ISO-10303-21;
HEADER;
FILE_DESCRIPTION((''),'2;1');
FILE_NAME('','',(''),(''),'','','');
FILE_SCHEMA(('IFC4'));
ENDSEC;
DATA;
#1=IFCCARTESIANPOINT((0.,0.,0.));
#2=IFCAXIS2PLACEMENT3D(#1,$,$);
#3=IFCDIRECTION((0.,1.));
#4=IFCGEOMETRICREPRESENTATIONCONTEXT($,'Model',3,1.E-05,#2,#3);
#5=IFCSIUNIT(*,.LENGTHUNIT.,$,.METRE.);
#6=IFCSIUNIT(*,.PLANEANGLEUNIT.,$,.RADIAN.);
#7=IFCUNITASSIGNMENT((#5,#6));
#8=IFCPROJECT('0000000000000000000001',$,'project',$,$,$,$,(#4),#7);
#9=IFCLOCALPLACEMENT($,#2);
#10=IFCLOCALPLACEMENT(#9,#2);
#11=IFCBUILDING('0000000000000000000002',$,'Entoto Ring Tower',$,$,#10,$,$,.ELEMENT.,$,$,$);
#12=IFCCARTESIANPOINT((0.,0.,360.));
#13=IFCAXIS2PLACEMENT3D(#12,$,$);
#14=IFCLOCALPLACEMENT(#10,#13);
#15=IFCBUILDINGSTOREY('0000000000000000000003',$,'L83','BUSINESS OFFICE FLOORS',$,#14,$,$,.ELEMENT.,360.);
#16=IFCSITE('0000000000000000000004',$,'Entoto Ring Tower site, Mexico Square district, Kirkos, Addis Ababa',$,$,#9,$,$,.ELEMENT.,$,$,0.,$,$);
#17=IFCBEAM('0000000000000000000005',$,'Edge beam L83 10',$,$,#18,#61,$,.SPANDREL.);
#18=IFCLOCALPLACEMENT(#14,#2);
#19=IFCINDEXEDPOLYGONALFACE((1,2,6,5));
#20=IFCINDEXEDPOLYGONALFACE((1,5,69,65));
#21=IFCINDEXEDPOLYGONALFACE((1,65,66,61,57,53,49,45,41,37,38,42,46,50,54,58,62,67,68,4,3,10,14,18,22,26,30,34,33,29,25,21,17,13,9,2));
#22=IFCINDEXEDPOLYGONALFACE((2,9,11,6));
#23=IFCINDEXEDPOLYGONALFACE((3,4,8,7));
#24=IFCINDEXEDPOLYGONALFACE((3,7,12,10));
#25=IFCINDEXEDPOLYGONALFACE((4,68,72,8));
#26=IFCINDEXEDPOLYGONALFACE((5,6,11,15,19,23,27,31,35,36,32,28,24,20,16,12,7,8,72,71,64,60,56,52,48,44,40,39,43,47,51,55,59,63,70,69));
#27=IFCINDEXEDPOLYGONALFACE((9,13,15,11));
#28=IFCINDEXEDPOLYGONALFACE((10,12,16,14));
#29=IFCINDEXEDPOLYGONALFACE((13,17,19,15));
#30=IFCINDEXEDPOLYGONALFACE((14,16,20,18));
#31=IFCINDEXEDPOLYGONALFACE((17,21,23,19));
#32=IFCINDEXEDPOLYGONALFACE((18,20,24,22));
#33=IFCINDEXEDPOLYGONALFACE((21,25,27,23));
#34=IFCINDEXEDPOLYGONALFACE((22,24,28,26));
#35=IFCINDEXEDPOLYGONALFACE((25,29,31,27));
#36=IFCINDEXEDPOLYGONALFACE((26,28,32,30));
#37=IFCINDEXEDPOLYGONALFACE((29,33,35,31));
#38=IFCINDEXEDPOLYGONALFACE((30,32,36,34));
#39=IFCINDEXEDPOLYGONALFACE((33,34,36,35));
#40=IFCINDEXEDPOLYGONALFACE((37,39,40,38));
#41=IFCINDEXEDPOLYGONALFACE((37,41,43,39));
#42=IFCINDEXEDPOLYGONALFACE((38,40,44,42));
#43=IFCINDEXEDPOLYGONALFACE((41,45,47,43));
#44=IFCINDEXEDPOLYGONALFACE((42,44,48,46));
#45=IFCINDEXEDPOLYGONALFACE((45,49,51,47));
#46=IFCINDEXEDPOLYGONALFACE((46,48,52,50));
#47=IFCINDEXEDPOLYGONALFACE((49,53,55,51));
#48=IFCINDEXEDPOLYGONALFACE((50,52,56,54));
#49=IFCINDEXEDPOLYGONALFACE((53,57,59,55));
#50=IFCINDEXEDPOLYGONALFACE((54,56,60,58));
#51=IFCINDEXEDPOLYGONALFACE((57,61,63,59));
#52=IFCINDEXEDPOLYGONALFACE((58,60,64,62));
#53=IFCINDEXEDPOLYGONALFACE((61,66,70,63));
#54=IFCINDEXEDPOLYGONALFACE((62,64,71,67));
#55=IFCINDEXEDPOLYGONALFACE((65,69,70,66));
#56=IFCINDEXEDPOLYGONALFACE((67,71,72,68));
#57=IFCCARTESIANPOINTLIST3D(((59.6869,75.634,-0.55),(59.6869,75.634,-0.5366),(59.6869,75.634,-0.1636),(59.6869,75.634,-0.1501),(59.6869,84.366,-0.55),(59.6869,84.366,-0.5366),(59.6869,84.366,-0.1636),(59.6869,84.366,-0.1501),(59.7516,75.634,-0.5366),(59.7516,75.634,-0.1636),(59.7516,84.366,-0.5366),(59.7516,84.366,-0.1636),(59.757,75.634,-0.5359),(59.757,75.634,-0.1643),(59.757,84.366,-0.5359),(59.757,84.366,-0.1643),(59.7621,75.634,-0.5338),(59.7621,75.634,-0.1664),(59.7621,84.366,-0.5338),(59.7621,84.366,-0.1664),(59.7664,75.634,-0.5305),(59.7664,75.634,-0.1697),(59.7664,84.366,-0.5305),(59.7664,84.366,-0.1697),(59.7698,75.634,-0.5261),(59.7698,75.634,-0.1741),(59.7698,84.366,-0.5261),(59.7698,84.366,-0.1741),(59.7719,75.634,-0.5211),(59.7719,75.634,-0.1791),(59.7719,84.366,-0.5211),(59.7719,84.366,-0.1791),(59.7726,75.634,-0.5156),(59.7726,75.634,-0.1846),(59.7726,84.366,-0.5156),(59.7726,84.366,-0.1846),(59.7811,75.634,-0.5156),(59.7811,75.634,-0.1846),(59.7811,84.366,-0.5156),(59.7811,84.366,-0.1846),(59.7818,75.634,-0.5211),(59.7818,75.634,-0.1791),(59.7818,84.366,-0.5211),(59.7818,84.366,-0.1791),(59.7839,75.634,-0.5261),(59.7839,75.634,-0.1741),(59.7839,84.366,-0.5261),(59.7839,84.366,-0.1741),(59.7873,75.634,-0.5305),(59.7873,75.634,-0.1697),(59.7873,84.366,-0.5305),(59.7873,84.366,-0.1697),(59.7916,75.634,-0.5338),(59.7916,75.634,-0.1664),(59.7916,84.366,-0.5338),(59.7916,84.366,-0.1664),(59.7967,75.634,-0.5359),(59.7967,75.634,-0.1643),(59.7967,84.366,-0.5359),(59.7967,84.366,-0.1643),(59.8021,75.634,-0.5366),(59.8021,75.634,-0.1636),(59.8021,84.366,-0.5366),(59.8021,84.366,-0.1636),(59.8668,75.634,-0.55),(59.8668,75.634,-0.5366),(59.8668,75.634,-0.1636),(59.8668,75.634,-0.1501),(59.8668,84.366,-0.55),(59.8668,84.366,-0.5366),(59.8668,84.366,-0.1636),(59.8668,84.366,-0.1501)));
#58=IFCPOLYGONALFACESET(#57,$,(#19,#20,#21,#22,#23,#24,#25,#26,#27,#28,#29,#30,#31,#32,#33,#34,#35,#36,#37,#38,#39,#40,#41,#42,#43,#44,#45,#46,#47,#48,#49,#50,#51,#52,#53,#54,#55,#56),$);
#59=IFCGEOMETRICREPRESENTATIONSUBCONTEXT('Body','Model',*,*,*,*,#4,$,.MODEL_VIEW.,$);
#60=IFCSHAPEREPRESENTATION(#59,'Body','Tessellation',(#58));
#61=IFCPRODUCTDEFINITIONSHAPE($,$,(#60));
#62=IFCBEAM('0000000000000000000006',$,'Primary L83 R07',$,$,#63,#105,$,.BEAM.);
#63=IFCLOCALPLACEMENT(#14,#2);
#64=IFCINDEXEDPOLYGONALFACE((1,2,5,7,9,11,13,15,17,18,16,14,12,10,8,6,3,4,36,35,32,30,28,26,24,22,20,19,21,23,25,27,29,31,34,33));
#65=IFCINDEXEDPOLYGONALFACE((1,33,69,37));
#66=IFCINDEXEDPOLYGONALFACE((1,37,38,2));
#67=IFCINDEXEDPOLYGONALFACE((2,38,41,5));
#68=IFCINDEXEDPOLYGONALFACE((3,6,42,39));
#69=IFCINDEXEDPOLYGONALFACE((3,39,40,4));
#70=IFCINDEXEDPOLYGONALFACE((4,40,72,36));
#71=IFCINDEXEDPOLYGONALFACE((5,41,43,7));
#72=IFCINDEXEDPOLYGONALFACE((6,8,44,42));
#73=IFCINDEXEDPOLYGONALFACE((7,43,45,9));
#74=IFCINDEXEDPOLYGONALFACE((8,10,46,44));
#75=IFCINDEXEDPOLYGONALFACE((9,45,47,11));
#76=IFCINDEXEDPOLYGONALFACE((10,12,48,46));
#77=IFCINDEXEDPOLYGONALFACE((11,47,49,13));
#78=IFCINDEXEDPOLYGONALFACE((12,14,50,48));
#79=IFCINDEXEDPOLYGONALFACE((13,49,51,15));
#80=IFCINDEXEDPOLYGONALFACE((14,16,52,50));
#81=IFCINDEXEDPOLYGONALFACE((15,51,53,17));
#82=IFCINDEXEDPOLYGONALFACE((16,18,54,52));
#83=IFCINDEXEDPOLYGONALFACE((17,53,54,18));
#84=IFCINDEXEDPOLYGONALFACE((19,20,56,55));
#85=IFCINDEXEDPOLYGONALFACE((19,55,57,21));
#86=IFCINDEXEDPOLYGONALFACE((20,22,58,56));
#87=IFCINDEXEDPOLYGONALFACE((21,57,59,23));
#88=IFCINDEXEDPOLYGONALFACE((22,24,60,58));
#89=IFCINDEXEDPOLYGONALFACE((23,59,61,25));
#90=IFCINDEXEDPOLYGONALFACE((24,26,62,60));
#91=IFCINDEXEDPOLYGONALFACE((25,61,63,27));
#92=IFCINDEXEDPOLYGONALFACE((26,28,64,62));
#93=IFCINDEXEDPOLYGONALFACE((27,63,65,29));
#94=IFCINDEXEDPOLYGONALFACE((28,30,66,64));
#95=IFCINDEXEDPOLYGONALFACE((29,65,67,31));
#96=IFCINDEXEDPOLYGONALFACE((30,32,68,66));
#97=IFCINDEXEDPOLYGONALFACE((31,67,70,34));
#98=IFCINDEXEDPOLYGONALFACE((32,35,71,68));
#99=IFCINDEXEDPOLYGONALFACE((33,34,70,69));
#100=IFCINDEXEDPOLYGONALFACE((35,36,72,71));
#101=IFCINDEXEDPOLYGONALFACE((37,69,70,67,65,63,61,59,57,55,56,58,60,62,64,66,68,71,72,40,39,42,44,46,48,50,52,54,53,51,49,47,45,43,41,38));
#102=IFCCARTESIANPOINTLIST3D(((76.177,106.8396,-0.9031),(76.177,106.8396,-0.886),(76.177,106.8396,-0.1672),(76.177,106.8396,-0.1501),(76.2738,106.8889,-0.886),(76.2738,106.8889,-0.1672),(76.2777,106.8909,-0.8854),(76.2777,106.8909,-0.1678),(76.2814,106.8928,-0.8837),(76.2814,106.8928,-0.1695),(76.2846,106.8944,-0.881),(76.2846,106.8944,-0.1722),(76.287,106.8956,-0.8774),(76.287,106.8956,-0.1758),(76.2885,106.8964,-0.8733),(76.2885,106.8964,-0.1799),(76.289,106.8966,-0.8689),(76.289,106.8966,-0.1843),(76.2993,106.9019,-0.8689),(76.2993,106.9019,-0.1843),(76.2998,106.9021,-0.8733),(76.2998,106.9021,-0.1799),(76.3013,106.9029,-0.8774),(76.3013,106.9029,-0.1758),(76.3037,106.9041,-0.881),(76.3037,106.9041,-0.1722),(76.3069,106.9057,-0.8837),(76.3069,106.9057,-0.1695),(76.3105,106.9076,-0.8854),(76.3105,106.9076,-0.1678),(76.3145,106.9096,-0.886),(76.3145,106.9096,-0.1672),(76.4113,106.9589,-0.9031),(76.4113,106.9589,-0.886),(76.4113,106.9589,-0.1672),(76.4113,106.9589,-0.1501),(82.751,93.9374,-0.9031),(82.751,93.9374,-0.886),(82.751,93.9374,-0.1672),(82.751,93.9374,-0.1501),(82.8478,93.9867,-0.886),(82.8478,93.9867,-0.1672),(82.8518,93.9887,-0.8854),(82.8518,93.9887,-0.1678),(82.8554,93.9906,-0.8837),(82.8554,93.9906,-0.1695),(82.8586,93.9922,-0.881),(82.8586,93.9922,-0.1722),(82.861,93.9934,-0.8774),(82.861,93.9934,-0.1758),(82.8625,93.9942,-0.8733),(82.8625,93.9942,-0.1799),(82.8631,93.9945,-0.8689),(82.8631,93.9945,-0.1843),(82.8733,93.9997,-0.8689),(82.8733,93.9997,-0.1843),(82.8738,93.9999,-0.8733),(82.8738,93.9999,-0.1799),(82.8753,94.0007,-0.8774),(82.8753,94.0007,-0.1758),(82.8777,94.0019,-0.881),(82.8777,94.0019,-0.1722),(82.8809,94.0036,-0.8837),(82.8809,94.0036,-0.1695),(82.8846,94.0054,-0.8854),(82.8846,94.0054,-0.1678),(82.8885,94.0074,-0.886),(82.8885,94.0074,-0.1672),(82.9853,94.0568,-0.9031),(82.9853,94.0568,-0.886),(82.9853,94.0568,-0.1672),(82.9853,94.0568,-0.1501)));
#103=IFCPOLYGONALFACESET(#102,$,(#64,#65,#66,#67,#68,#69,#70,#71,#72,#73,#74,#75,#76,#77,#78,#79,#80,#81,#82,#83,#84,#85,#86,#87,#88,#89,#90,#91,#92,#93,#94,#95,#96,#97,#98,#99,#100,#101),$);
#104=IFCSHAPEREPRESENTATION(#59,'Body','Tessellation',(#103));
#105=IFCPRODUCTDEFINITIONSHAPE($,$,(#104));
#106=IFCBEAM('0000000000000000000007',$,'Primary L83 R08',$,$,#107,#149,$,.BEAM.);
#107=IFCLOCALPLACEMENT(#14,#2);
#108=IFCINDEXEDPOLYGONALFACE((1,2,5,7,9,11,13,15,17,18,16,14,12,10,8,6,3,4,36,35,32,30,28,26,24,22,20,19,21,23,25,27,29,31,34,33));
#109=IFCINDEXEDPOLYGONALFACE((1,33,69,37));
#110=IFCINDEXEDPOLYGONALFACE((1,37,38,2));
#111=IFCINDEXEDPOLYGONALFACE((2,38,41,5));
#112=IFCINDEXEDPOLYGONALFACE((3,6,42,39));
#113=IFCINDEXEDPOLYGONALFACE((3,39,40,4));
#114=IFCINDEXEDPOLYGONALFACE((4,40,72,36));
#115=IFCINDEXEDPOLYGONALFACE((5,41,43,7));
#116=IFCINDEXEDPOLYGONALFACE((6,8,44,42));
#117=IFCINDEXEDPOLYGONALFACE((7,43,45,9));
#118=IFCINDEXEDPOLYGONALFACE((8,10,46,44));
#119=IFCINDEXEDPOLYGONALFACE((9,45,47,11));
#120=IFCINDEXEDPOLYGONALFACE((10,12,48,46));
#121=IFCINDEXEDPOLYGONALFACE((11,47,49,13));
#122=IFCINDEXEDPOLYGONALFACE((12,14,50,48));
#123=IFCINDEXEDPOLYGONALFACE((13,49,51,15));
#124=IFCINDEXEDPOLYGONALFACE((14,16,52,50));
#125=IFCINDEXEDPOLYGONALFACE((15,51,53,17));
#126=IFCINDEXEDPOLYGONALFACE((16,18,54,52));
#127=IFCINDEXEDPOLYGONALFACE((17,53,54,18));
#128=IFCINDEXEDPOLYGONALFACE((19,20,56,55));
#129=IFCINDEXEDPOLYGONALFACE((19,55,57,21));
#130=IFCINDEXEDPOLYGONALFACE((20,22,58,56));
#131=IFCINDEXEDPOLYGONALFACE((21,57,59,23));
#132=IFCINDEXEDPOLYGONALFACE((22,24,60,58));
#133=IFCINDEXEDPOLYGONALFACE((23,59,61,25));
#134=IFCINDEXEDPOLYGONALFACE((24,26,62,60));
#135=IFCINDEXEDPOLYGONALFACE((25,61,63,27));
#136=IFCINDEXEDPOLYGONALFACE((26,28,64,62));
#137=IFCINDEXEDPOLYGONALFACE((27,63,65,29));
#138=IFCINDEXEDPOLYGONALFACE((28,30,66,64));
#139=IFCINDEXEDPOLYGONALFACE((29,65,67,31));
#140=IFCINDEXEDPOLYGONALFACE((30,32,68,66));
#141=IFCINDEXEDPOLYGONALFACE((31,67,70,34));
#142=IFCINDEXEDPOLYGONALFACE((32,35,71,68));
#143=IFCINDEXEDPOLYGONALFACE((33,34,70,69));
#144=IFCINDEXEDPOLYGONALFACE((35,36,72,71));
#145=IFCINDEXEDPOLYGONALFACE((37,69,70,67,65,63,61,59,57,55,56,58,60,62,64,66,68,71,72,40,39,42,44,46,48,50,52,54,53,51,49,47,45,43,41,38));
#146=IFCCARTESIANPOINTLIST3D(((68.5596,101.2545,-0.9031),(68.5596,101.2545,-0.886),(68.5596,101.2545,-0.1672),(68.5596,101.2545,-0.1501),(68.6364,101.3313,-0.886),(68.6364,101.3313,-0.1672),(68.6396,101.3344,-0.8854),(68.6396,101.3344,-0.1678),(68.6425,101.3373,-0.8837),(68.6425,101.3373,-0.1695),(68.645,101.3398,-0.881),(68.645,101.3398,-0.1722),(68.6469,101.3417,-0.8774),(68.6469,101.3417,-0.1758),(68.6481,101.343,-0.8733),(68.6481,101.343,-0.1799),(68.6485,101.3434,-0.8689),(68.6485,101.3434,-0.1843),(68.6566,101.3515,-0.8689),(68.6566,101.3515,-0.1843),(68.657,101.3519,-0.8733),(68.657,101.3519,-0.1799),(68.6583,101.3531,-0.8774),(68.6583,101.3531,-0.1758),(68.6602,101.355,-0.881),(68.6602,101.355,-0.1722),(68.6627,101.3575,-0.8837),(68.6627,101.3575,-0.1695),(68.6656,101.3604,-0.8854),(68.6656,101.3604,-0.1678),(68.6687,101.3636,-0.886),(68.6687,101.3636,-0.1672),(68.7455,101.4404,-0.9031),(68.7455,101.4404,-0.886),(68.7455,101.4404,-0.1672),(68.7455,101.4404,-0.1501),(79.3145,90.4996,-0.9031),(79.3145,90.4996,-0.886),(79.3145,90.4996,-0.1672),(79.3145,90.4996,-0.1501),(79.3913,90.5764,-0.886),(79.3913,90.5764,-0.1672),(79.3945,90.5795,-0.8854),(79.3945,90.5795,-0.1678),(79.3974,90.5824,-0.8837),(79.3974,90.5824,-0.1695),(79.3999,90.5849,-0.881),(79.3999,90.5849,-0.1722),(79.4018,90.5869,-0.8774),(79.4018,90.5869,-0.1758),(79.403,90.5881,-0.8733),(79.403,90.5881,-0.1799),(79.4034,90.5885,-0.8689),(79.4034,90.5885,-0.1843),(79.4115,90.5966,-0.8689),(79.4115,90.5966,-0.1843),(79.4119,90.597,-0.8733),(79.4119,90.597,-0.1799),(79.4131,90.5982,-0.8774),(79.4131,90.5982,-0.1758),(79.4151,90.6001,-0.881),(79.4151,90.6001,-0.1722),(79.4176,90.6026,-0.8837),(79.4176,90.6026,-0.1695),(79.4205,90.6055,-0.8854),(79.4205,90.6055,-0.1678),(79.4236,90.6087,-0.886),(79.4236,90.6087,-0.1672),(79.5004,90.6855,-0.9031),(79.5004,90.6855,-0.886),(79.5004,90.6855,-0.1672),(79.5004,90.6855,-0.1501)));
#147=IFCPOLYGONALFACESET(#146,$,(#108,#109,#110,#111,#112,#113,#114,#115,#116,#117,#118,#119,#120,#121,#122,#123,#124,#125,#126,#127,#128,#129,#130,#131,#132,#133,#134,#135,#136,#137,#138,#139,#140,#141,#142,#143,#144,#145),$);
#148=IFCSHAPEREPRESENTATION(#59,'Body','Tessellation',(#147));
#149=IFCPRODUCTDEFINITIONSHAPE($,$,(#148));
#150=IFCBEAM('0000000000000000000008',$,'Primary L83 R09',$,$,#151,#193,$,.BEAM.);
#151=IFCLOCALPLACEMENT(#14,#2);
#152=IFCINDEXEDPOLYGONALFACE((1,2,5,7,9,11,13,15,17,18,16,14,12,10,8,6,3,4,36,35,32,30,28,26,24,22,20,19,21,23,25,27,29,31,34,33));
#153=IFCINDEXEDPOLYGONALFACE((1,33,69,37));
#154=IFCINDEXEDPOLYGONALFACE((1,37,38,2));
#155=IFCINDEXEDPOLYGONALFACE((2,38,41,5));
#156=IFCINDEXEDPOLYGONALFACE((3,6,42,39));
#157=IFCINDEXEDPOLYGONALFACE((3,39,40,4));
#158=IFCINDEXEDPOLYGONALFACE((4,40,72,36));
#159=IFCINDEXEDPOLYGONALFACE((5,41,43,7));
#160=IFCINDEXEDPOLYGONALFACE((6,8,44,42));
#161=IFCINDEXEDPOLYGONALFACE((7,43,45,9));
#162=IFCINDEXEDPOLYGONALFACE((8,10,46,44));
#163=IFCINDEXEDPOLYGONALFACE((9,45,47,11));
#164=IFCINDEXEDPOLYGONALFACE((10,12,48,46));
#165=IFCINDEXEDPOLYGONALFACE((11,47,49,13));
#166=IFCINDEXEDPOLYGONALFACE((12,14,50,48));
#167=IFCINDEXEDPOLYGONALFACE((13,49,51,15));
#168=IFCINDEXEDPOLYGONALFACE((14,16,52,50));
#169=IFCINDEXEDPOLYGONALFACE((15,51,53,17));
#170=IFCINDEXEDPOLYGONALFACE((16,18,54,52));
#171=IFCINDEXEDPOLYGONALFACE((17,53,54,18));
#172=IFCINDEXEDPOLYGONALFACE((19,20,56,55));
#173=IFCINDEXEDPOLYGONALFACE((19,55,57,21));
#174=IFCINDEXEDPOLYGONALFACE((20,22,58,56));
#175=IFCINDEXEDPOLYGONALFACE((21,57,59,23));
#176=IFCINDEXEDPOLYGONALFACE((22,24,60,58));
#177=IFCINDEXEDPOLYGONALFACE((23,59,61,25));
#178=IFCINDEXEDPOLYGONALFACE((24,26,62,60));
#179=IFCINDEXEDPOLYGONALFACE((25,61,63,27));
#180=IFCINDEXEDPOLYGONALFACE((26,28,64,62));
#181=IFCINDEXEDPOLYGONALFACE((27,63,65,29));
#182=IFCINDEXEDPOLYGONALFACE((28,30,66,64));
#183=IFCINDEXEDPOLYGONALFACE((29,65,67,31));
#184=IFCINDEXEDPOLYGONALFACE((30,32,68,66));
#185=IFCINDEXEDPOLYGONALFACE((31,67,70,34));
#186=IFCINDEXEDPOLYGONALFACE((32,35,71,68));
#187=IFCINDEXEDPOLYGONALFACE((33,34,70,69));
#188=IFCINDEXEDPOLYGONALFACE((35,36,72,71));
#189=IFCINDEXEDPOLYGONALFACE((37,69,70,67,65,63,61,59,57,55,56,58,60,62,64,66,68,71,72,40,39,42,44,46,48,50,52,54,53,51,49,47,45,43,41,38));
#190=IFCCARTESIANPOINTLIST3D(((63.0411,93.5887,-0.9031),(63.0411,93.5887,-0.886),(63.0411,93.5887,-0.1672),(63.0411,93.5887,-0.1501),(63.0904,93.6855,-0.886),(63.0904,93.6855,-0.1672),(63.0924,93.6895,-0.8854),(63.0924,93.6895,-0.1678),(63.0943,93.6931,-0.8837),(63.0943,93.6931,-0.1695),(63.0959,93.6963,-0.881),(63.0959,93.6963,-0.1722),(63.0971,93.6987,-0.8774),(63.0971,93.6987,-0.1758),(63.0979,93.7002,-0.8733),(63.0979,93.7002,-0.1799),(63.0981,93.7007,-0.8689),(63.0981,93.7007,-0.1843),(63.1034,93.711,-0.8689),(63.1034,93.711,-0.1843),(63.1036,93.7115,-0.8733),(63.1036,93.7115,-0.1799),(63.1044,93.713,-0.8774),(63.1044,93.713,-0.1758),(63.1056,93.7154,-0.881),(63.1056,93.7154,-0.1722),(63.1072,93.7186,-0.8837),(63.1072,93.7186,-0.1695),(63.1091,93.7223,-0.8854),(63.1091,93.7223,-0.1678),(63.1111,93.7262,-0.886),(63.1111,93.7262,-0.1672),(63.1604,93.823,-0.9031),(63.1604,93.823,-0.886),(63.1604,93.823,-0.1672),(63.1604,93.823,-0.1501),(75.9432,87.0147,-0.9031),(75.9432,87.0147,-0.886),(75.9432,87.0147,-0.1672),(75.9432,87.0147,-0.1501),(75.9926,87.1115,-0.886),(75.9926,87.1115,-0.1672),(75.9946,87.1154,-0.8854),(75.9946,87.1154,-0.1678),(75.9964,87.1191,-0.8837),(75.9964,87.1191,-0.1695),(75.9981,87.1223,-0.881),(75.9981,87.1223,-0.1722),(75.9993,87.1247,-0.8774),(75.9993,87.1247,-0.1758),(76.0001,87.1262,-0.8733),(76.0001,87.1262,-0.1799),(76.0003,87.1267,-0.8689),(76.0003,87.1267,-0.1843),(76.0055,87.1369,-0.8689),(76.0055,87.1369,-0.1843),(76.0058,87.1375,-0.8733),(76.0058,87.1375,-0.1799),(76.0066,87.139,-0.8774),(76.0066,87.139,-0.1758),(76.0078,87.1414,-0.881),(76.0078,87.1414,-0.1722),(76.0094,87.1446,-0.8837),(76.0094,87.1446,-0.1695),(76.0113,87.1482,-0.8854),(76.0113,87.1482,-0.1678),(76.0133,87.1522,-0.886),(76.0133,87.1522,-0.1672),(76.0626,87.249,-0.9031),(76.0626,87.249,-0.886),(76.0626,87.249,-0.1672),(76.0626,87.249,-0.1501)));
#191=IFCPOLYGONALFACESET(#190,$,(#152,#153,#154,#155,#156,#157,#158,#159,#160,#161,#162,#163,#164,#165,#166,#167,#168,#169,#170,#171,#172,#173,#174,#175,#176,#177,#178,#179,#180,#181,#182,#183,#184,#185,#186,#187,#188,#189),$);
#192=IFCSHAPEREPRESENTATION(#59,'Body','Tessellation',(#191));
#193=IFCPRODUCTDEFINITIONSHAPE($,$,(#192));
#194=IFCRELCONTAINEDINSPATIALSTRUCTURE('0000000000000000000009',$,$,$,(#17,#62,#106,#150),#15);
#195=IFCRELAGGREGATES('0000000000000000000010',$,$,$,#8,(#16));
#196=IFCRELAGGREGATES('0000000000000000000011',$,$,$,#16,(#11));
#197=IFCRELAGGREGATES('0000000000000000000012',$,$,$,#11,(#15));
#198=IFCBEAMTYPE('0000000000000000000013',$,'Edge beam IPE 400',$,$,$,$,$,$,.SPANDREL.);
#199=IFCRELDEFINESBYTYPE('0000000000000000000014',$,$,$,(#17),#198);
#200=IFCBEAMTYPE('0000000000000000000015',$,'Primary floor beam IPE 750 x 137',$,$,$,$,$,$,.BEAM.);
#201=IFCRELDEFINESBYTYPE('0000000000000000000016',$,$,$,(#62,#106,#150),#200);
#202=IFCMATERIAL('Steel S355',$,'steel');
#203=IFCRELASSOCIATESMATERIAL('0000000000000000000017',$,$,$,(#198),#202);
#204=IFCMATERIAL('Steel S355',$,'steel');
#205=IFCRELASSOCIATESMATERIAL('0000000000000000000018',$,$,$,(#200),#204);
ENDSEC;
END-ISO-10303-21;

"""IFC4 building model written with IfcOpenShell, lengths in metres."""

from ifc_helpers import new_model, si_unit, direction, frame, origin, origin_2d, place, context, subcontext, project, spatial, i_section, extrude, material, material_profile, profile_set, type_object, element, save


model = new_model("IFC4")

# Units and contexts
model_context = context("Model", 3, precision=1e-05, world=origin(), true_north=direction((0.0, 1.0)))
body_context = subcontext(model_context, "Body", "Model", "MODEL_VIEW")
ifc_project = project(units=[si_unit("LENGTHUNIT", "METRE"), si_unit("PLANEANGLEUNIT", "RADIAN")], contexts=[model_context])

# Site, building, storey
site_placement = place(None, origin())
site = spatial("IfcSite", under=ifc_project, at=site_placement, Name="Entoto Ring Tower site, Mexico Square district, Kirkos, Addis Ababa", CompositionType="ELEMENT", RefElevation=0.0)
building_placement = place(site_placement, origin())
building = spatial("IfcBuilding", under=site, at=building_placement, Name="Entoto Ring Tower", CompositionType="ELEMENT")
storey_placement = place(building_placement, frame((0.0, 0.0, 360.0)))
storey = spatial("IfcBuildingStorey", under=building, at=storey_placement, Name="L83", Description="BUSINESS OFFICE FLOORS", CompositionType="ELEMENT", Elevation=360.0)

# Beams
ifc_material_1 = material(Name="Steel S355", Category="steel")
ifc_material_profile_1 = material_profile(ifc_material_1, i_section(OverallWidth=0.1799, OverallDepth=0.3999, WebThickness=0.0085, FlangeThickness=0.0134, FilletRadius=0.021, at=origin_2d()), Name="IPE 400")
ifc_profile_set_1 = profile_set([ifc_material_profile_1], Name="Steel S355")
beam_type_1 = type_object("IfcBeamType", Name="Edge beam IPE 400", PredefinedType="SPANDREL", material=ifc_profile_set_1)
beam_1_placement = place(storey_placement, frame((59.7769, 84.366, -0.3501), z_axis=(0.0, -1.0, 0.0), x_axis=(1.0, 0.0, 0.0)))
element("IfcBeam", 1, at=beam_1_placement, inside=storey, type_object=beam_type_1, Name="Edge beam L83 10", PredefinedType="SPANDREL", context=body_context, shape_type="SweptSolid", body=[
    extrude(i_section(OverallWidth=0.1799, OverallDepth=0.3999, WebThickness=0.0085, FlangeThickness=0.0134, FilletRadius=0.021, at=origin_2d()), origin(), (0.0, 0.0, 1.0), 8.7319),
])
ifc_material_2 = material(Name="Steel S355", Category="steel")
ifc_material_profile_2 = material_profile(ifc_material_2, i_section(OverallWidth=0.2629, OverallDepth=0.7529, WebThickness=0.0115, FlangeThickness=0.0171, FilletRadius=0.0171, at=origin_2d()), Name="IPE 750 x 137")
ifc_profile_set_2 = profile_set([ifc_material_profile_2], Name="Steel S355")
beam_type_2 = type_object("IfcBeamType", Name="Primary floor beam IPE 750 x 137", PredefinedType="BEAM", material=ifc_profile_set_2)
beam_2_placement = place(storey_placement, frame((82.8682, 93.9971, -0.5266), z_axis=(-0.453992, 0.891006, 0.0), x_axis=(-0.891006, -0.453992, 0.0)))
element("IfcBeam", 2, at=beam_2_placement, inside=storey, type_object=beam_type_2, Name="Primary L83 R07", PredefinedType="BEAM", context=body_context, shape_type="SweptSolid", body=[
    extrude(i_section(OverallWidth=0.2629, OverallDepth=0.7529, WebThickness=0.0115, FlangeThickness=0.0171, FilletRadius=0.0171, at=origin_2d()), origin(), (0.0, 0.0, 1.0), 14.4805),
])
beam_3_placement = place(storey_placement, frame((79.4075, 90.5925, -0.5266), z_axis=(-0.707107, 0.707107, 0.0), x_axis=(-0.707107, -0.707107, 0.0)))
element("IfcBeam", 3, at=beam_3_placement, inside=storey, type_object=beam_type_2, Name="Primary L83 R08", PredefinedType="BEAM", context=body_context, shape_type="SweptSolid", body=[
    extrude(i_section(OverallWidth=0.2629, OverallDepth=0.7529, WebThickness=0.0115, FlangeThickness=0.0171, FilletRadius=0.0171, at=origin_2d()), origin(), (0.0, 0.0, 1.0), 15.2097),
])
beam_4_placement = place(storey_placement, frame((76.0029, 87.1318, -0.5266), z_axis=(-0.891006, 0.453992, 0.0), x_axis=(-0.453992, -0.891006, 0.0)))
element("IfcBeam", 4, at=beam_4_placement, inside=storey, type_object=beam_type_2, Name="Primary L83 R09", PredefinedType="BEAM", context=body_context, shape_type="SweptSolid", body=[
    extrude(i_section(OverallWidth=0.2629, OverallDepth=0.7529, WebThickness=0.0115, FlangeThickness=0.0171, FilletRadius=0.0171, at=origin_2d()), origin(), (0.0, 0.0, 1.0), 14.4805),
])

save(model, "model.ifc")
